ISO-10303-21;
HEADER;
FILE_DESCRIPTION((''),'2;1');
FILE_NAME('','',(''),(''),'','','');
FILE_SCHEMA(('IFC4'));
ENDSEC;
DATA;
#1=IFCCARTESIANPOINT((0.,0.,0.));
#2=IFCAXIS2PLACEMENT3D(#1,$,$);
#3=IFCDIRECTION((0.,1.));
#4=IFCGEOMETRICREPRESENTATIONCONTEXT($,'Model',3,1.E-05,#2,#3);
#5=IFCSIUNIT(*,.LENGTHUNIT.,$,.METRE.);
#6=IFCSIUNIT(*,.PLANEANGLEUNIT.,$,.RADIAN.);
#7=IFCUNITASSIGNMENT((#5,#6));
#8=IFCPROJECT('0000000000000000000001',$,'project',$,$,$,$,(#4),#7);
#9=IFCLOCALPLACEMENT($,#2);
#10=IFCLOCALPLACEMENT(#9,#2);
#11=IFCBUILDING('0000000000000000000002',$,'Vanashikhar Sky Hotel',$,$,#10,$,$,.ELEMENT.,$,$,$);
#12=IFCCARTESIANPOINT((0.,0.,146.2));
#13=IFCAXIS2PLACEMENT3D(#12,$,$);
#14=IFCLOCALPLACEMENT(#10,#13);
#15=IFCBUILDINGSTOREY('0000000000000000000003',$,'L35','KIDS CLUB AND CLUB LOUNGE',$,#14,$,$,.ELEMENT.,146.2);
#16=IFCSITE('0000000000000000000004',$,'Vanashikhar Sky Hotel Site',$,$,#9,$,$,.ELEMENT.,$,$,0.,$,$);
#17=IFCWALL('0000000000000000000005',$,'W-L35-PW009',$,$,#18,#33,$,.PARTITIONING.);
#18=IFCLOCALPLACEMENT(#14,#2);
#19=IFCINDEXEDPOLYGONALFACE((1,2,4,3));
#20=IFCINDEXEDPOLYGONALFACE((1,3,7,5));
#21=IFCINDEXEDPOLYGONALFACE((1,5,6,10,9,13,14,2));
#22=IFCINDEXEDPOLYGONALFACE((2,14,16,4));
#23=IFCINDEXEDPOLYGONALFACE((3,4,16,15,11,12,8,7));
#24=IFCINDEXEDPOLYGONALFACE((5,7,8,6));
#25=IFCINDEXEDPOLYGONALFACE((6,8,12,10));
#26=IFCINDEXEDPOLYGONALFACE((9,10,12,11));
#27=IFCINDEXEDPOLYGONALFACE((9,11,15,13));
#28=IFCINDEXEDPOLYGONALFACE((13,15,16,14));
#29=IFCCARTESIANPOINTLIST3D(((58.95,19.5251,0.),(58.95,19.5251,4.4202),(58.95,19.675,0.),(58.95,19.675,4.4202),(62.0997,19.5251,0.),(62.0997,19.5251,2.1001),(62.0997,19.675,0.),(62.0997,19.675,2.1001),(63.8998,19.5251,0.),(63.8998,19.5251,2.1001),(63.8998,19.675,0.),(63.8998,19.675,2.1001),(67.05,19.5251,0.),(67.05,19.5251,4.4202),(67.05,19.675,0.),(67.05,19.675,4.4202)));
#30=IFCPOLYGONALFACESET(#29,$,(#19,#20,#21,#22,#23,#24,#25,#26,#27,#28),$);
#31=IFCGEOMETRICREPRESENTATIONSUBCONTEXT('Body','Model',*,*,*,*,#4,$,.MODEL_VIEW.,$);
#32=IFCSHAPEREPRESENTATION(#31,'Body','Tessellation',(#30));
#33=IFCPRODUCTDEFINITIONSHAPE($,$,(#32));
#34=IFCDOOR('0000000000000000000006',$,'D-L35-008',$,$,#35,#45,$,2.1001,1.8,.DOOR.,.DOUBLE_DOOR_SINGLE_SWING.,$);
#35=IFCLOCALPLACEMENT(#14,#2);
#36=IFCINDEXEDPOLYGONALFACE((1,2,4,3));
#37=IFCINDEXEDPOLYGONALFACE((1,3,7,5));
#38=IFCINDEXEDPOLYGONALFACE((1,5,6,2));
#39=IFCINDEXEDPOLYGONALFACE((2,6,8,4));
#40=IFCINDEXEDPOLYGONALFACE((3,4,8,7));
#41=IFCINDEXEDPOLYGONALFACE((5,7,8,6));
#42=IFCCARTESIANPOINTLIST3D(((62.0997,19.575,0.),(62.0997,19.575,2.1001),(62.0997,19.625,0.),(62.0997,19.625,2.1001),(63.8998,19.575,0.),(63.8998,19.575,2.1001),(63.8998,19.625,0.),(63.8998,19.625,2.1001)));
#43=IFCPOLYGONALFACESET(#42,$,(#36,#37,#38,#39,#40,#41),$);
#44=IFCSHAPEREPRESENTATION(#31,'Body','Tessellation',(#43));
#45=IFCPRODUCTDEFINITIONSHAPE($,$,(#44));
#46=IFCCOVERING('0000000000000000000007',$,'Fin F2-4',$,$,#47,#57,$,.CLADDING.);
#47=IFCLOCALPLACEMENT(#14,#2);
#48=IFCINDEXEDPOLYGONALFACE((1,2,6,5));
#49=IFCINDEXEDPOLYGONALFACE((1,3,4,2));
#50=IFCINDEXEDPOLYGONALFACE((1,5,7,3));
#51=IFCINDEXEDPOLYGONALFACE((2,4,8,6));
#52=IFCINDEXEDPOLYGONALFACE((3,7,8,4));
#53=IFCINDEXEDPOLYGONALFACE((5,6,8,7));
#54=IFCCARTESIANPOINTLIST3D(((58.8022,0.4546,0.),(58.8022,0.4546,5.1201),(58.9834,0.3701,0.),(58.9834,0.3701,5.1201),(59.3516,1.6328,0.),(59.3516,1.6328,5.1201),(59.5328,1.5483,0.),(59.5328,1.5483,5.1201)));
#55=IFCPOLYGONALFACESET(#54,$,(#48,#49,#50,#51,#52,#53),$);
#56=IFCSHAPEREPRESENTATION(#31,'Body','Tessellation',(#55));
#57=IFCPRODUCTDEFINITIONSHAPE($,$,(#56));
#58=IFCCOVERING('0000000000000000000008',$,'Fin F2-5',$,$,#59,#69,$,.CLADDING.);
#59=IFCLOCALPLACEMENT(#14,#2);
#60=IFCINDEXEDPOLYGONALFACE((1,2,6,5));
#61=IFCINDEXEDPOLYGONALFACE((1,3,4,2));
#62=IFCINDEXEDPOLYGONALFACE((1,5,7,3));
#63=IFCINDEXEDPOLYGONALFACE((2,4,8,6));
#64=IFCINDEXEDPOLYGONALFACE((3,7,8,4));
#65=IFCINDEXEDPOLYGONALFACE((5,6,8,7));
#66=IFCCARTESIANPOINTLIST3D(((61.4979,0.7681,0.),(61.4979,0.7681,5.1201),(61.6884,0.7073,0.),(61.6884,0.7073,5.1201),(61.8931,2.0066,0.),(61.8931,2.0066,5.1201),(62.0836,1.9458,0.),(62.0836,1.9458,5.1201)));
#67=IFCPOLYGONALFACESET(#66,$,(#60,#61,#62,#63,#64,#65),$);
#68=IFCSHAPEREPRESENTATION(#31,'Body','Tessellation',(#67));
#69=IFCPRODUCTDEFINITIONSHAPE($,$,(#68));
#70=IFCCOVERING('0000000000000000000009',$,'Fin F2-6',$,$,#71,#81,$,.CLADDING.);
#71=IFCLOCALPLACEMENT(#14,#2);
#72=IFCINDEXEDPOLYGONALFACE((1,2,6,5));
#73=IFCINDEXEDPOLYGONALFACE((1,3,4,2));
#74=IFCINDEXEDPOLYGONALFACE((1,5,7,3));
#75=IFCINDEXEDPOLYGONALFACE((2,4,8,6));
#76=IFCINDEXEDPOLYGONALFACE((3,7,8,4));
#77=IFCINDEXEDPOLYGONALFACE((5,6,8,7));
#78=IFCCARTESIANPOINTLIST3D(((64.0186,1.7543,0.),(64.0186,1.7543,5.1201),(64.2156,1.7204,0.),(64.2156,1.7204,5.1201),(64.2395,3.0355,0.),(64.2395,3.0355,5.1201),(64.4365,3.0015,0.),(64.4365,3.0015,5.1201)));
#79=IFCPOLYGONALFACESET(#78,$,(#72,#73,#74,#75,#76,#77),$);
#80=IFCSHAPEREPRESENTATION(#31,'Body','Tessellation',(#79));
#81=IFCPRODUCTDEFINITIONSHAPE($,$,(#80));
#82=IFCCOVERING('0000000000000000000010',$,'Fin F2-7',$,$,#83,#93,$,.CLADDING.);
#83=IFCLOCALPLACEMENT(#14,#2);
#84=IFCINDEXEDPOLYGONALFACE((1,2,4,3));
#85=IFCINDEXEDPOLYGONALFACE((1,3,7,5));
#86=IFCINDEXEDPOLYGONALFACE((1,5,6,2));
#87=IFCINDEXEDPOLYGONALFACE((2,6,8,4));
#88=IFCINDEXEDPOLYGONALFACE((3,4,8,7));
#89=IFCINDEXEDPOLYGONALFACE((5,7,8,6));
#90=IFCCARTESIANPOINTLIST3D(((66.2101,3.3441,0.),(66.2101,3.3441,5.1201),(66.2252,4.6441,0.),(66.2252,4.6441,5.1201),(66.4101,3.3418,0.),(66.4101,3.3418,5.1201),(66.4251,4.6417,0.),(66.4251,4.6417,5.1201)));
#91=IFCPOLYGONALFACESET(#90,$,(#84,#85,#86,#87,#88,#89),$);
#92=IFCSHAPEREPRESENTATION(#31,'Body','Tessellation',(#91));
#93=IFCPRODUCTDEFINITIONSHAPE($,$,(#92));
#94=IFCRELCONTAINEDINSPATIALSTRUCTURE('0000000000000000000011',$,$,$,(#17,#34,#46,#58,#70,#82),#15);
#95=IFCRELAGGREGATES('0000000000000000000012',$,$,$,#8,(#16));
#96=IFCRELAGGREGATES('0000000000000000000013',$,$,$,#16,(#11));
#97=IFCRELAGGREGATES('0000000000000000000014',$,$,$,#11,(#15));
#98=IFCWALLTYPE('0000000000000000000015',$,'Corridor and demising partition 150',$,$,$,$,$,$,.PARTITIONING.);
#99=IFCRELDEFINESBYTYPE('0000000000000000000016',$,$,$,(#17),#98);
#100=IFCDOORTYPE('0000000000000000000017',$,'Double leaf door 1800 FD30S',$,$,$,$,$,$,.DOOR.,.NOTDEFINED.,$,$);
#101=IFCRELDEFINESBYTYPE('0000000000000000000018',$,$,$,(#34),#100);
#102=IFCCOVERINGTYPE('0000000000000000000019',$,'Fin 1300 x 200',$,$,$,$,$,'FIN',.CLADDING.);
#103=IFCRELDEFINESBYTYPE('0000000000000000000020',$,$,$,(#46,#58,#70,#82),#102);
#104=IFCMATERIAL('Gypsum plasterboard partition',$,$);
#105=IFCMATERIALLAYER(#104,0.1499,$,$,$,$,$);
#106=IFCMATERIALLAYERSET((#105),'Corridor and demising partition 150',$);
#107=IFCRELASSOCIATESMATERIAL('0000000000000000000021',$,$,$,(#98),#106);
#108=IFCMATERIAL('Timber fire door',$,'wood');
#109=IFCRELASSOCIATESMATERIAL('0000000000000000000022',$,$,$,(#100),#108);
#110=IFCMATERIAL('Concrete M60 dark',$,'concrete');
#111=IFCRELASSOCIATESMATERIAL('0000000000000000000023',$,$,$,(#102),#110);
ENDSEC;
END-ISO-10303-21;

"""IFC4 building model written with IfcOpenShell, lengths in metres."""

from ifc_helpers import new_model, si_unit, direction, frame, frame_2d, origin, origin_2d, place, context, subcontext, project, spatial, rectangle, extrude, source, transform, mapped, material, layer, layer_set, material_profile, profile_set, type_object, element, fill, save


model = new_model("IFC4")

# Units and contexts
model_context = context("Model", 3, precision=1e-05, world=origin(), true_north=direction((0.0, 1.0)))
body_context = subcontext(model_context, "Body", "Model", "MODEL_VIEW")
ifc_project = project(units=[si_unit("LENGTHUNIT", "METRE"), si_unit("PLANEANGLEUNIT", "RADIAN")], contexts=[model_context])

# Site, building, storey
site_placement = place(None, origin())
site = spatial("IfcSite", under=ifc_project, at=site_placement, Name="Vanashikhar Sky Hotel Site", CompositionType="ELEMENT", RefElevation=0.0)
building_placement = place(site_placement, origin())
building = spatial("IfcBuilding", under=site, at=building_placement, Name="Vanashikhar Sky Hotel", CompositionType="ELEMENT")
storey_placement = place(building_placement, frame((0.0, 0.0, 146.2)))
storey = spatial("IfcBuildingStorey", under=building, at=storey_placement, Name="L35", Description="KIDS CLUB AND CLUB LOUNGE", CompositionType="ELEMENT", Elevation=146.2)

# Shared definitions
ifc_material_1 = material(Name="Gypsum plasterboard partition")
ifc_layer_1 = layer(ifc_material_1, 0.1499)
ifc_layer_set_1 = layer_set([ifc_layer_1], Name="Corridor and demising partition 150")
wall_type_1 = type_object("IfcWallType", Name="Corridor and demising partition 150", PredefinedType="PARTITIONING", material=ifc_layer_set_1)

# Wall, opening, door
shared_shape_1 = source(origin(), body_context, "Body", "SweptSolid", [
    extrude(rectangle(XDim=8.1001, YDim=0.1499, at=frame_2d((4.05, 0.0))), origin(), (0.0, 0.0, 1.0), 4.4202),
])
wall_1_placement = place(storey_placement, frame((58.95, 19.6001, 0.0), z_axis=(0.0, 0.0, 1.0), x_axis=(1.0, 0.0, 0.0)))
wall_1 = element("IfcWall", 1, at=wall_1_placement, inside=storey, type_object=wall_type_1, Name="W-L35-PW009", PredefinedType="PARTITIONING", context=body_context, shape_type="MappedRepresentation", body=[
    mapped(shared_shape_1, transform((0.0, 0.0, 0.0), scale=1.0)),
])
shared_shape_2 = source(origin(), body_context, "Body", "SweptSolid", [
    extrude(rectangle(XDim=1.8, YDim=2.1001, at=frame_2d((0.8999, 1.05))), frame((0.0, 0.085, 0.0), z_axis=(0.0, -1.0, 0.0), x_axis=(1.0, 0.0, 0.0)), (0.0, 0.0, 1.0), 0.1699),
])
opening_1_placement = place(wall_1_placement, frame((3.1499, 0.0, 0.0)))
opening_1 = element("IfcOpeningElement", 2, at=opening_1_placement, cuts=wall_1, PredefinedType="OPENING", context=body_context, shape_type="MappedRepresentation", body=[
    mapped(shared_shape_2, transform((0.0, 0.0, 0.0), scale=1.0)),
])
ifc_material_2 = material(Name="Timber fire door", Category="wood")
door_type = type_object("IfcDoorType", Name="Double leaf door 1800 FD30S", OperationType="NOTDEFINED", PredefinedType="DOOR", material=ifc_material_2)
shared_shape_3 = source(origin(), body_context, "Body", "SweptSolid", [
    extrude(rectangle(XDim=1.8, YDim=2.1001, at=frame_2d((0.8999, 1.05))), frame((0.0, 0.0249, 0.0), z_axis=(0.0, -1.0, 0.0), x_axis=(1.0, 0.0, 0.0)), (0.0, 0.0, 1.0), 0.05),
])
door_placement = place(opening_1_placement, origin())
door = element("IfcDoor", 3, at=door_placement, inside=storey, type_object=door_type, Name="D-L35-008", OperationType="DOUBLE_DOOR_SINGLE_SWING", OverallHeight=2.1001, OverallWidth=1.8, PredefinedType="DOOR", context=body_context, shape_type="MappedRepresentation", body=[
    mapped(shared_shape_3, transform((0.0, 0.0, 0.0), scale=1.0)),
])
fill(opening_1, door)

# Coverings
ifc_material_3 = material(Name="Concrete M60 dark", Category="concrete")
ifc_material_profile_1 = material_profile(ifc_material_3, rectangle(XDim=1.3, YDim=0.2, at=origin_2d()))
ifc_profile_set_1 = profile_set([ifc_material_profile_1], Name="Fin 1300 x 200")
covering_type = type_object("IfcCoveringType", Name="Fin 1300 x 200", ElementType="FIN", PredefinedType="CLADDING", material=ifc_profile_set_1)
shared_shape_4 = source(origin(), body_context, "Body", "SweptSolid", [
    extrude(rectangle(XDim=1.3, YDim=0.2, at=origin_2d()), origin(), (0.0, 0.0, 1.0), 5.1201),
])
for number, where, z_axis, x_axis, name in (
    (4, (59.1675, 1.0015, 0.0), (0.0, 0.0, 1.0), (-0.422618, -0.906308, 0.0), "Fin F2-4"),
    (5, (61.7908, 1.3569, 0.0), (0.0, 0.0, 1.0), (-0.303967, -0.952683, 0.0), "Fin F2-5"),
    (6, (64.2275, 2.3779, 0.0), (0.0, 0.0, 1.0), (-0.1699, -0.985461, 0.0), "Fin F2-6"),
    (7, (66.3176, 3.9929, 0.0), (0.0, 0.0, 1.0), (-0.011589, -0.999933, 0.0), "Fin F2-7"),
):
    element("IfcCovering", number, at=place(storey_placement, frame(where, z_axis=z_axis, x_axis=x_axis)), inside=storey, type_object=covering_type, Name=name, PredefinedType="CLADDING", context=body_context, shape_type="MappedRepresentation", body=[
        mapped(shared_shape_4, transform((0.0, 0.0, 0.0), scale=1.0)),
    ])

save(model, "model.ifc")
